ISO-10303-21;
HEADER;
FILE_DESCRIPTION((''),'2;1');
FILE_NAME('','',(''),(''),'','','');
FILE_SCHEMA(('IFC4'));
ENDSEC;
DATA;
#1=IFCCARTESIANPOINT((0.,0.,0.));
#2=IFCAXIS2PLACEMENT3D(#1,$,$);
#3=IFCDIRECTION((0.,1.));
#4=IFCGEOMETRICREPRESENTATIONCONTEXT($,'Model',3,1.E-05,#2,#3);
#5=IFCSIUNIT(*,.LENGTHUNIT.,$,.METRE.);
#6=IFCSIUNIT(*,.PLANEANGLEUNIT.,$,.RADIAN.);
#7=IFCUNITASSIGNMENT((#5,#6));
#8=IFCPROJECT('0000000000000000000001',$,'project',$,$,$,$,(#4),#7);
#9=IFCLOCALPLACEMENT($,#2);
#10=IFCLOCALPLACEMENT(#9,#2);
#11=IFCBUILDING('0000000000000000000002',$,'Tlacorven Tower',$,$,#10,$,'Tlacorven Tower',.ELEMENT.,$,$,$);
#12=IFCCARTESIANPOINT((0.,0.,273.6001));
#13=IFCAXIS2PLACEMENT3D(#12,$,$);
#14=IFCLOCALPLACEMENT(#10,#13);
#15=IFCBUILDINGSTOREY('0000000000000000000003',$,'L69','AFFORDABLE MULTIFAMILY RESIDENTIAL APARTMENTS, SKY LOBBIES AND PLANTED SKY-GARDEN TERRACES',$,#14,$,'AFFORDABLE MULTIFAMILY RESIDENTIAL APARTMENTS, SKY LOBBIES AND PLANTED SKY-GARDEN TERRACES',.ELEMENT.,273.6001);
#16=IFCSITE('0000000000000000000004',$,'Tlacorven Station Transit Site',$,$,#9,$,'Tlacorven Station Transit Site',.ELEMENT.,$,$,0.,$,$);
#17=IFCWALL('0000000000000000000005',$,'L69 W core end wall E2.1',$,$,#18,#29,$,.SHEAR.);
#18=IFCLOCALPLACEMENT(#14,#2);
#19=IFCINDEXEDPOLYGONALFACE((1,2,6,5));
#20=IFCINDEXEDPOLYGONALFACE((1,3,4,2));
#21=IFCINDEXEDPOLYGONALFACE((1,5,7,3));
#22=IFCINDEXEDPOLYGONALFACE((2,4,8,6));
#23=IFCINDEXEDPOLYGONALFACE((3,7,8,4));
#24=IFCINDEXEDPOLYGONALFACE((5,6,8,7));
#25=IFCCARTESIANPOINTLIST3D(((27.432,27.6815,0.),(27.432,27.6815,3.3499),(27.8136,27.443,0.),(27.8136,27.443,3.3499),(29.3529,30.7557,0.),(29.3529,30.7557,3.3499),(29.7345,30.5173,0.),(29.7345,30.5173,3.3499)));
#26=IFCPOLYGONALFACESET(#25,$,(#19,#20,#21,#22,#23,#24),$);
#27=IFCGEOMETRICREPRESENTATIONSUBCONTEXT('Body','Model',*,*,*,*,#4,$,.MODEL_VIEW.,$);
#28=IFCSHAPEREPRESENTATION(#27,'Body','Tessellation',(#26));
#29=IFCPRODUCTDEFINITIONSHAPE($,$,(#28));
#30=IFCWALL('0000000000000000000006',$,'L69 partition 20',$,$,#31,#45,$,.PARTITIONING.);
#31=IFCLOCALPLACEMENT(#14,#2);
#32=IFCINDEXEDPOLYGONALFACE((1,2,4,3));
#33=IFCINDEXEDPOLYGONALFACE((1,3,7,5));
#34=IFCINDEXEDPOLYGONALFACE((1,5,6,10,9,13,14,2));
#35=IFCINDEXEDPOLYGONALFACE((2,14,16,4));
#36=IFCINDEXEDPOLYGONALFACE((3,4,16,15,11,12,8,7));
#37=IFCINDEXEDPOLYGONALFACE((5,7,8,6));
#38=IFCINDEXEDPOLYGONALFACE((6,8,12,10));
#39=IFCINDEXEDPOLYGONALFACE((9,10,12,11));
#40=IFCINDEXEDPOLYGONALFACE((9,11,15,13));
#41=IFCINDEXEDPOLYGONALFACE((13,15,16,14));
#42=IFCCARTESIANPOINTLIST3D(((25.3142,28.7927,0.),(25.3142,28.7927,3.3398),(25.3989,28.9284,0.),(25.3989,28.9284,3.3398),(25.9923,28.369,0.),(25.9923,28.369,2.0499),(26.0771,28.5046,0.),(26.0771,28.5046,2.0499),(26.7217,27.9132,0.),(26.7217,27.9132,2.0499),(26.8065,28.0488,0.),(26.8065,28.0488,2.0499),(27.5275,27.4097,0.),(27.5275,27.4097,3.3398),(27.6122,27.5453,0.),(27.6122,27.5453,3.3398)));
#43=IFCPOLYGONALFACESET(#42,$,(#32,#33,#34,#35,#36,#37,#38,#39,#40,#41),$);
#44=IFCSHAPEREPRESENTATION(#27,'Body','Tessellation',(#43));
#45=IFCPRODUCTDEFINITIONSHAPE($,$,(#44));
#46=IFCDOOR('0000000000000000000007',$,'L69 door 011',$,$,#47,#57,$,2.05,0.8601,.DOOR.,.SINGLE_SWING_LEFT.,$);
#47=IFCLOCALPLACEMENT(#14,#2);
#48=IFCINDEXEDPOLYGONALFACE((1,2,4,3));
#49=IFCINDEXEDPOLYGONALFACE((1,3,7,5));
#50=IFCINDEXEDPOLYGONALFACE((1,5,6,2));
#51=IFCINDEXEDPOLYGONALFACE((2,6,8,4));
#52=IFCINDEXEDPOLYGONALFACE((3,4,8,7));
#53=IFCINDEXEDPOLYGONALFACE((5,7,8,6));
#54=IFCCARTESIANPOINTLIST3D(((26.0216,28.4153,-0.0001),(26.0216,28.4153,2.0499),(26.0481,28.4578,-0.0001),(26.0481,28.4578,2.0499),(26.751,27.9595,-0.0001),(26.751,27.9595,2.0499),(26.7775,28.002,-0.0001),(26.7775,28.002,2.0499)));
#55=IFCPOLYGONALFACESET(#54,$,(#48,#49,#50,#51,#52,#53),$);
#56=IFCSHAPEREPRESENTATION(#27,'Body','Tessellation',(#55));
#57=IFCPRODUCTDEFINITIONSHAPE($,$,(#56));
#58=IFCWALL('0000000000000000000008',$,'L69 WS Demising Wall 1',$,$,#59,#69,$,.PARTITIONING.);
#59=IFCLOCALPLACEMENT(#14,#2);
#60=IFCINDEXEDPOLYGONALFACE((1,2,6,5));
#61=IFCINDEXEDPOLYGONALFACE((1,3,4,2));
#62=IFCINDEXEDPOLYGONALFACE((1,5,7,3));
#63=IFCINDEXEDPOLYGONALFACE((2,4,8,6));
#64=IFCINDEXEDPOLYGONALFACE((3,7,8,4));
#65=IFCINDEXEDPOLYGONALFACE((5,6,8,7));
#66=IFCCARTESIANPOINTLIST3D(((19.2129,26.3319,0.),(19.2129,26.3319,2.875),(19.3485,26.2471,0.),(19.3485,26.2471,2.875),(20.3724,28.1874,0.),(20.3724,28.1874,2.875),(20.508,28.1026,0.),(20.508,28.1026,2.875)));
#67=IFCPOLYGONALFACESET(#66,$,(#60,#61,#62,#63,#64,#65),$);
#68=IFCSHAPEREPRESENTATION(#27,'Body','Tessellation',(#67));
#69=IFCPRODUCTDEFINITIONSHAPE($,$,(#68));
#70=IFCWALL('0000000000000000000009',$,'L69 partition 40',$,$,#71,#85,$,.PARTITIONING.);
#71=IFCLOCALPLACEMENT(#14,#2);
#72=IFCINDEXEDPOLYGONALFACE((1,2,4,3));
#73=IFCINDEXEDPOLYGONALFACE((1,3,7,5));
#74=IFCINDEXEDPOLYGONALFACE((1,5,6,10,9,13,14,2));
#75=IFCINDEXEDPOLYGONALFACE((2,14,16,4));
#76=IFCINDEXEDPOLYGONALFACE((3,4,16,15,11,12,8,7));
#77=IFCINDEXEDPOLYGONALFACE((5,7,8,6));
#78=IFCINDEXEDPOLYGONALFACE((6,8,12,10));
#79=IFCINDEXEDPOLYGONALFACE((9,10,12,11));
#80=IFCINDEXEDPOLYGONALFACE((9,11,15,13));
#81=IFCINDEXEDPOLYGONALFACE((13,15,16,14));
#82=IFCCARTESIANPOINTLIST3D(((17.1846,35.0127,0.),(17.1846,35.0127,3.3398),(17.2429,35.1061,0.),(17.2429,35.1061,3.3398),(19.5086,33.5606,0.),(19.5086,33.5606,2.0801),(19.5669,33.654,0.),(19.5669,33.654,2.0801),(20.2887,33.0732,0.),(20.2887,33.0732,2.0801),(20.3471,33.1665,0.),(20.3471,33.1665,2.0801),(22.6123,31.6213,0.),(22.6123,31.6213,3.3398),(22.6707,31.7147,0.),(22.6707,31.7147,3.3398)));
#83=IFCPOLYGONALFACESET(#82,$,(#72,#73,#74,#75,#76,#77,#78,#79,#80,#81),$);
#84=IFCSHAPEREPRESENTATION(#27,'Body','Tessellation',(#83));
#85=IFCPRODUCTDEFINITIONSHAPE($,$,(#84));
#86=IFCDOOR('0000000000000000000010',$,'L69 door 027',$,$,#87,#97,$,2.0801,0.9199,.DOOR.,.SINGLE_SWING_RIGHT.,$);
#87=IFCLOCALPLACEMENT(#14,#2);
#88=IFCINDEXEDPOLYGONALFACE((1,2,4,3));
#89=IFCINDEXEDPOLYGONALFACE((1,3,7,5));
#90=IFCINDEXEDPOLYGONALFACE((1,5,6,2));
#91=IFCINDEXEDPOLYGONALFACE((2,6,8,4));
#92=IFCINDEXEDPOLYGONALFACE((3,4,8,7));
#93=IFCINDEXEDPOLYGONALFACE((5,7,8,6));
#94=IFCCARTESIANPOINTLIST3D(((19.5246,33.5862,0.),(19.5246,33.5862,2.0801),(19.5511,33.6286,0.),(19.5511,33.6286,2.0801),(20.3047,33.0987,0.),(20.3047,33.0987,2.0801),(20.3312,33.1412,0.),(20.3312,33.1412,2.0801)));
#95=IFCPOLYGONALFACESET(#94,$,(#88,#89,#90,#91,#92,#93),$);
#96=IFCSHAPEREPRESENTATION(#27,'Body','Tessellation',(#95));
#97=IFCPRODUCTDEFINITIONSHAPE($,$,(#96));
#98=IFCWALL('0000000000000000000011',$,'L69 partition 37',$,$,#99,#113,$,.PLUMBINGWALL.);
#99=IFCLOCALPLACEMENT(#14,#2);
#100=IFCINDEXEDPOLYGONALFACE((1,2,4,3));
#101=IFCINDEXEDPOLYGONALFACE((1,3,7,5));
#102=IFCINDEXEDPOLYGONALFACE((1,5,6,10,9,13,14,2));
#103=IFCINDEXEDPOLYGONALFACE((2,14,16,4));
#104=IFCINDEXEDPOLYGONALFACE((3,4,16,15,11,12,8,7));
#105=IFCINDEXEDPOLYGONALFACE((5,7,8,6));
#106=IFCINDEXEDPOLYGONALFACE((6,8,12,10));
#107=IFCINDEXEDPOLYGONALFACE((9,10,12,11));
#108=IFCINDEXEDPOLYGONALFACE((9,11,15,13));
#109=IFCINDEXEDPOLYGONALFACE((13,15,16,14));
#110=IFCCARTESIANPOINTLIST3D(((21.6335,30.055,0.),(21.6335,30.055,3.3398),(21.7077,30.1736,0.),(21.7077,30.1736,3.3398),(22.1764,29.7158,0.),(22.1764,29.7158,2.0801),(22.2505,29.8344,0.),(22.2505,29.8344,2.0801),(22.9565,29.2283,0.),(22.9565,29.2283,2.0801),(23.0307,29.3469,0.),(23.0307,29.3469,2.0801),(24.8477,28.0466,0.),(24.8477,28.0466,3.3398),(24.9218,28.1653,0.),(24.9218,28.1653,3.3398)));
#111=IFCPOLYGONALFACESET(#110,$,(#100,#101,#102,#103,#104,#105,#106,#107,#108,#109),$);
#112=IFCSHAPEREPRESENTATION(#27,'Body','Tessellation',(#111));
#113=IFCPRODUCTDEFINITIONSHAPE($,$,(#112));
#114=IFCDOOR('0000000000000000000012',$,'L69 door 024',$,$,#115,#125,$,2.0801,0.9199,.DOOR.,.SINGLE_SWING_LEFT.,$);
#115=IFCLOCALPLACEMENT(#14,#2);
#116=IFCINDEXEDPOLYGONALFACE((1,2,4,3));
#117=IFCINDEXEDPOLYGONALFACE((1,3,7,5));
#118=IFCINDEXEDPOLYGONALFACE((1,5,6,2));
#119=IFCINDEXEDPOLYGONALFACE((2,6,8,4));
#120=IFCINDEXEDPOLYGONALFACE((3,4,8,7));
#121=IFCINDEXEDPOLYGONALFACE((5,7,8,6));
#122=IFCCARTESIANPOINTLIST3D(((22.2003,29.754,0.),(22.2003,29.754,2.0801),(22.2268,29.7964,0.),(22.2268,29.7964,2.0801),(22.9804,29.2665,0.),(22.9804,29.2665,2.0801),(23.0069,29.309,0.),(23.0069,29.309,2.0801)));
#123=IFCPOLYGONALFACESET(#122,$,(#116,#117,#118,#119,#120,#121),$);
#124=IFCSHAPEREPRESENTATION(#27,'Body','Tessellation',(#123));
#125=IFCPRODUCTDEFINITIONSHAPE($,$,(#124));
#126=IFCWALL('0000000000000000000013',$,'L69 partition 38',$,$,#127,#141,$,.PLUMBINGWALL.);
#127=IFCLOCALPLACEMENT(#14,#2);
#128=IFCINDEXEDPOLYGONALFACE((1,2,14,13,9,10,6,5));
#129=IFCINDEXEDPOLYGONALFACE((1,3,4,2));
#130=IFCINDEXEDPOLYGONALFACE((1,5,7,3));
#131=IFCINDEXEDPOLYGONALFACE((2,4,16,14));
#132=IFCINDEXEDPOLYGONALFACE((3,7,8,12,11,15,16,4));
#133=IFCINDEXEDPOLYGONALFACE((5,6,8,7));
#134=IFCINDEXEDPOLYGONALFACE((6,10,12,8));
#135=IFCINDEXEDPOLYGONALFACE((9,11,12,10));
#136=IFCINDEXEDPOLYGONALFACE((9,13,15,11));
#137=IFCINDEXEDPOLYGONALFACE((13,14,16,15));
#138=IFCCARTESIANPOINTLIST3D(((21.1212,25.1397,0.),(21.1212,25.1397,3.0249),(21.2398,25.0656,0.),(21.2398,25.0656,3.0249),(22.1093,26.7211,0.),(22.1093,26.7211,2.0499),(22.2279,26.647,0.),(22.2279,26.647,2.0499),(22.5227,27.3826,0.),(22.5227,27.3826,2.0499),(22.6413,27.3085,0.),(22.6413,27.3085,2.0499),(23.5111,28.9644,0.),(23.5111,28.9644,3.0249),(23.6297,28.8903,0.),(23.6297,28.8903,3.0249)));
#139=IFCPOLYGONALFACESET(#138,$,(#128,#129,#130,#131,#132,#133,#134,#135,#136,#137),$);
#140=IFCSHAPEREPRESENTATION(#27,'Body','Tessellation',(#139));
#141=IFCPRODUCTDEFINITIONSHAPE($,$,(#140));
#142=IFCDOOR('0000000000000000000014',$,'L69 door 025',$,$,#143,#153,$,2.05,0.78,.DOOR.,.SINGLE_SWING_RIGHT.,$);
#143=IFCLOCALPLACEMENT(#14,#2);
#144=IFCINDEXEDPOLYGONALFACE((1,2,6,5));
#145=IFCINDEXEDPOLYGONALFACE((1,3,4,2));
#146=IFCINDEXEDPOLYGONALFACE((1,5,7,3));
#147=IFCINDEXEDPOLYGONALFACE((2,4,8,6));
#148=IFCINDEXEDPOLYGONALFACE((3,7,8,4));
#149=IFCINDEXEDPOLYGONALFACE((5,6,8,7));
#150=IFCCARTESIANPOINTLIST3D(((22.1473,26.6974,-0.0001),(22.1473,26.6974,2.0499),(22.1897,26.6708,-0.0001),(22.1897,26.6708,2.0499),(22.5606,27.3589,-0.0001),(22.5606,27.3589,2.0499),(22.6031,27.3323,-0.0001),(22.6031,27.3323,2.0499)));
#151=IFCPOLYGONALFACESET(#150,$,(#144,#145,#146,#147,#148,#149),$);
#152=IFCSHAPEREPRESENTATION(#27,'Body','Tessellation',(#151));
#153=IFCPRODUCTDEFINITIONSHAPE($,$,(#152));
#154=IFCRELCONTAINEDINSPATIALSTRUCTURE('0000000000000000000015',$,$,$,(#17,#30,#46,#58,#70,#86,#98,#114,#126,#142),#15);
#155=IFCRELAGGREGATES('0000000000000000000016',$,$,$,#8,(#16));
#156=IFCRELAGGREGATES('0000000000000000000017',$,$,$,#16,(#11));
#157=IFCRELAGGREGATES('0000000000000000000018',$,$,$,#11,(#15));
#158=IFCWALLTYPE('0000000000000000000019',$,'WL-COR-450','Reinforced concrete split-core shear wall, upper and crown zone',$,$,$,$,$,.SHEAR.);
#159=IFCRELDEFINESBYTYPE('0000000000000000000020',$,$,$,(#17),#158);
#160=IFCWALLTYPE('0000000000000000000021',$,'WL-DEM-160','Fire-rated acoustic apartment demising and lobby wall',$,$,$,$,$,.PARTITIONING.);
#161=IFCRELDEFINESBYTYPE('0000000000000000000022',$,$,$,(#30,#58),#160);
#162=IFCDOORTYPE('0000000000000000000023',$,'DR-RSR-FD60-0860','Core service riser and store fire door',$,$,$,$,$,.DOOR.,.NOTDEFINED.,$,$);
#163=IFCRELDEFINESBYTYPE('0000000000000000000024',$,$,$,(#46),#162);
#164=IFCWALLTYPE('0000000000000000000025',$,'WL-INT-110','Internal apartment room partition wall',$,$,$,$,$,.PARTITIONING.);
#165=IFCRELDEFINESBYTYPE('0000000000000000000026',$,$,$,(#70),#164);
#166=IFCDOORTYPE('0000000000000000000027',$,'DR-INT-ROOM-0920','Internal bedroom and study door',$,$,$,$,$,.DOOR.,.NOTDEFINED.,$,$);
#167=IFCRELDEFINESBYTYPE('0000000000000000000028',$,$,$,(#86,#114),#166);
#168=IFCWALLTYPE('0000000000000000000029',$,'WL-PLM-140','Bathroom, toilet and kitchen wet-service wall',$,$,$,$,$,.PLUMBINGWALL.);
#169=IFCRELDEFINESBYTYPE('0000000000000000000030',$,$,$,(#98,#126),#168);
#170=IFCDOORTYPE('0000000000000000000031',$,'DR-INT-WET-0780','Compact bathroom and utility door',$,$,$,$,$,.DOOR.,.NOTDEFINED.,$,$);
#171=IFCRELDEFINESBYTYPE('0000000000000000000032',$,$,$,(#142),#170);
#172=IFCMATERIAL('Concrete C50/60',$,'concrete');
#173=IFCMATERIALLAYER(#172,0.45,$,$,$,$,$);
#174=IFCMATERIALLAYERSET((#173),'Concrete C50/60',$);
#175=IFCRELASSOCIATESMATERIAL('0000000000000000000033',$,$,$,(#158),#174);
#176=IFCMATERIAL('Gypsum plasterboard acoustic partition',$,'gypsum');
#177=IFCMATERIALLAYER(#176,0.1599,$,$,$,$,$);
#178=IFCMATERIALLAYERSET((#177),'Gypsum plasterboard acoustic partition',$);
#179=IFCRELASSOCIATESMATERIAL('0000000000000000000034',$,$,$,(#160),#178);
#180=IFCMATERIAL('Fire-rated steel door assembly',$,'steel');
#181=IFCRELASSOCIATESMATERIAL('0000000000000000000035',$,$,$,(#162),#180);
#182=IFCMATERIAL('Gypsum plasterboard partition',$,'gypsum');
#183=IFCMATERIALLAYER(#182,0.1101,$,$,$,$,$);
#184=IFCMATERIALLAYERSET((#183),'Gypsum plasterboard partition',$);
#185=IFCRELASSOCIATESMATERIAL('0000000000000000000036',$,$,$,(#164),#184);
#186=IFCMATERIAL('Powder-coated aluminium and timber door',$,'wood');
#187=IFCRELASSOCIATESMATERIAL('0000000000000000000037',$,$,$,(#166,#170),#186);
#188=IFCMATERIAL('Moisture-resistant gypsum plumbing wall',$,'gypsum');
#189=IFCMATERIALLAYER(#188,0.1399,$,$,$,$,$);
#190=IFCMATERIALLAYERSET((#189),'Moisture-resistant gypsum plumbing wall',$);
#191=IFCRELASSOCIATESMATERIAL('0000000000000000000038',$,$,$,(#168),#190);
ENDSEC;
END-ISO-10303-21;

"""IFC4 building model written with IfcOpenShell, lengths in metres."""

from ifc_helpers import new_model, si_unit, direction, frame, frame_2d, origin, place, context, subcontext, project, spatial, rectangle, extrude, source, transform, mapped, material, layer, layer_set, type_object, element, fill, save


model = new_model("IFC4")

# Units and contexts
model_context = context("Model", 3, precision=1e-05, world=origin(), true_north=direction((0.0, 1.0)))
body_context = subcontext(model_context, "Body", "Model", "MODEL_VIEW")
ifc_project = project(units=[si_unit("LENGTHUNIT", "METRE"), si_unit("PLANEANGLEUNIT", "RADIAN")], contexts=[model_context])

# Site, building, storey
site_placement = place(None, origin())
site = spatial("IfcSite", under=ifc_project, at=site_placement, Name="Tlacorven Station Transit Site", LongName="Tlacorven Station Transit Site", CompositionType="ELEMENT", RefElevation=0.0)
building_placement = place(site_placement, origin())
building = spatial("IfcBuilding", under=site, at=building_placement, Name="Tlacorven Tower", LongName="Tlacorven Tower", CompositionType="ELEMENT")
storey_placement = place(building_placement, frame((0.0, 0.0, 273.6001)))
storey = spatial("IfcBuildingStorey", under=building, at=storey_placement, Name="L69", Description="AFFORDABLE MULTIFAMILY RESIDENTIAL APARTMENTS, SKY LOBBIES AND PLANTED SKY-GARDEN TERRACES", LongName="AFFORDABLE MULTIFAMILY RESIDENTIAL APARTMENTS, SKY LOBBIES AND PLANTED SKY-GARDEN TERRACES", CompositionType="ELEMENT", Elevation=273.6001)

# Wall
ifc_material_1 = material(Name="Concrete C50/60", Category="concrete")
ifc_layer_1 = layer(ifc_material_1, 0.45)
ifc_layer_set_1 = layer_set([ifc_layer_1], Name="Concrete C50/60")
wall_type_1 = type_object("IfcWallType", Name="WL-COR-450", Description="Reinforced concrete split-core shear wall, upper and crown zone", PredefinedType="SHEAR", material=ifc_layer_set_1)
wall_1_placement = place(storey_placement, frame((29.5437, 30.6365, 0.0), z_axis=(0.0, 0.0, 1.0), x_axis=(-0.529902, -0.848059, 0.0)))
element("IfcWall", 1, at=wall_1_placement, inside=storey, type_object=wall_type_1, Name="L69 W core end wall E2.1", PredefinedType="SHEAR", context=body_context, shape_type="SweptSolid", body=[
    extrude(rectangle(XDim=3.625, YDim=0.45, at=frame_2d((1.8125, 0.0))), origin(), (0.0, 0.0, 1.0), 3.3499),
])

# Wall, opening, door
ifc_material_2 = material(Name="Gypsum plasterboard acoustic partition", Category="gypsum")
ifc_layer_2 = layer(ifc_material_2, 0.1599)
ifc_layer_set_2 = layer_set([ifc_layer_2], Name="Gypsum plasterboard acoustic partition")
wall_type_2 = type_object("IfcWallType", Name="WL-DEM-160", Description="Fire-rated acoustic apartment demising and lobby wall", PredefinedType="PARTITIONING", material=ifc_layer_set_2)
wall_2_placement = place(storey_placement, frame((27.5698, 27.4775, 0.0), z_axis=(0.0, 0.0, 1.0), x_axis=(-0.848051, 0.529915, 0.0)))
wall_2 = element("IfcWall", 2, at=wall_2_placement, inside=storey, type_object=wall_type_2, Name="L69 partition 20", PredefinedType="PARTITIONING", context=body_context, shape_type="SweptSolid", body=[
    extrude(rectangle(XDim=2.6099, YDim=0.1599, at=frame_2d((1.3049, 0.0))), origin(), (0.0, 0.0, 1.0), 3.3398),
])
opening_1_placement = place(wall_2_placement, frame((0.95, 0.0, 0.0)))
opening_1 = element("IfcOpeningElement", 3, at=opening_1_placement, cuts=wall_2, PredefinedType="OPENING", context=body_context, shape_type="SweptSolid", body=[
    extrude(rectangle(XDim=0.8601, YDim=2.05, at=frame_2d((0.4302, 1.0249))), frame((0.0, 0.0898, 0.0), z_axis=(0.0, -1.0, 0.0), x_axis=(1.0, 0.0, 0.0)), (0.0, 0.0, 1.0), 0.1799),
])
ifc_material_3 = material(Name="Fire-rated steel door assembly", Category="steel")
door_type_1 = type_object("IfcDoorType", Name="DR-RSR-FD60-0860", Description="Core service riser and store fire door", OperationType="NOTDEFINED", PredefinedType="DOOR", material=ifc_material_3)
shared_shape_1 = source(origin(), body_context, "Body", "SweptSolid", [
    extrude(rectangle(XDim=0.8601, YDim=2.05, at=frame_2d((0.4302, 1.0249))), frame((0.0, 0.0249, 0.0), z_axis=(0.0, -1.0, 0.0), x_axis=(1.0, 0.0, 0.0)), (0.0, 0.0, 1.0), 0.05),
])
door_1_placement = place(opening_1_placement, frame((0.8601, 0.0, 0.0), z_axis=(0.0, 0.0, 1.0), x_axis=(-1.0, 0.0, 0.0)))
door_1 = element("IfcDoor", 4, at=door_1_placement, inside=storey, type_object=door_type_1, Name="L69 door 011", OperationType="SINGLE_SWING_LEFT", OverallHeight=2.05, OverallWidth=0.8601, PredefinedType="DOOR", context=body_context, shape_type="MappedRepresentation", body=[
    mapped(shared_shape_1, transform((0.0, 0.0, 0.0), scale=1.0)),
])
fill(opening_1, door_1)

# Wall
wall_3_placement = place(storey_placement, frame((20.4402, 28.145, 0.0), z_axis=(0.0, 0.0, 1.0), x_axis=(-0.529919, -0.848048, 0.0)))
element("IfcWall", 5, at=wall_3_placement, inside=storey, type_object=wall_type_2, Name="L69 WS Demising Wall 1", PredefinedType="PARTITIONING", context=body_context, shape_type="SweptSolid", body=[
    extrude(rectangle(XDim=2.188, YDim=0.1599, at=frame_2d((1.094, 0.0))), origin(), (0.0, 0.0, 1.0), 2.875),
])

# Walls, openings, doors
ifc_material_4 = material(Name="Gypsum plasterboard partition", Category="gypsum")
ifc_layer_3 = layer(ifc_material_4, 0.1101)
ifc_layer_set_3 = layer_set([ifc_layer_3], Name="Gypsum plasterboard partition")
wall_type_3 = type_object("IfcWallType", Name="WL-INT-110", Description="Internal apartment room partition wall", PredefinedType="PARTITIONING", material=ifc_layer_set_3)
wall_4_placement = place(storey_placement, frame((22.6416, 31.668, 0.0), z_axis=(0.0, 0.0, 1.0), x_axis=(-0.848067, 0.529889, 0.0)))
wall_4 = element("IfcWall", 6, at=wall_4_placement, inside=storey, type_object=wall_type_3, Name="L69 partition 40", PredefinedType="PARTITIONING", context=body_context, shape_type="SweptSolid", body=[
    extrude(rectangle(XDim=6.4001, YDim=0.1101, at=frame_2d((3.2002, 0.0))), origin(), (0.0, 0.0, 1.0), 3.3398),
])
opening_2_placement = place(wall_4_placement, frame((2.74, 0.0, 0.0)))
opening_2 = element("IfcOpeningElement", 7, at=opening_2_placement, cuts=wall_4, PredefinedType="OPENING", context=body_context, shape_type="SweptSolid", body=[
    extrude(rectangle(XDim=0.9199, YDim=2.0801, at=frame_2d((0.46, 1.04))), frame((0.0, 0.0649, 0.0), z_axis=(0.0, -1.0, 0.0), x_axis=(1.0, 0.0, 0.0)), (0.0, 0.0, 1.0), 0.1301),
])
ifc_material_5 = material(Name="Powder-coated aluminium and timber door", Category="wood")
door_type_2 = type_object("IfcDoorType", Name="DR-INT-ROOM-0920", Description="Internal bedroom and study door", OperationType="NOTDEFINED", PredefinedType="DOOR", material=ifc_material_5)
shared_shape_2 = source(origin(), body_context, "Body", "SweptSolid", [
    extrude(rectangle(XDim=0.9199, YDim=2.0801, at=frame_2d((0.46, 1.04))), frame((0.0, 0.0249, 0.0), z_axis=(0.0, -1.0, 0.0), x_axis=(1.0, 0.0, 0.0)), (0.0, 0.0, 1.0), 0.05),
])
door_2_placement = place(opening_2_placement, origin())
door_2 = element("IfcDoor", 8, at=door_2_placement, inside=storey, type_object=door_type_2, Name="L69 door 027", OperationType="SINGLE_SWING_RIGHT", OverallHeight=2.0801, OverallWidth=0.9199, PredefinedType="DOOR", context=body_context, shape_type="MappedRepresentation", body=[
    mapped(shared_shape_2, transform((0.0, 0.0, 0.0), scale=1.0)),
])
fill(opening_2, door_2)
ifc_material_6 = material(Name="Moisture-resistant gypsum plumbing wall", Category="gypsum")
ifc_layer_4 = layer(ifc_material_6, 0.1399)
ifc_layer_set_4 = layer_set([ifc_layer_4], Name="Moisture-resistant gypsum plumbing wall")
wall_type_4 = type_object("IfcWallType", Name="WL-PLM-140", Description="Bathroom, toilet and kitchen wet-service wall", PredefinedType="PLUMBINGWALL", material=ifc_layer_set_4)
wall_5_placement = place(storey_placement, frame((24.8848, 28.106, 0.0), z_axis=(0.0, 0.0, 1.0), x_axis=(-0.84806, 0.529901, 0.0)))
wall_5 = element("IfcWall", 9, at=wall_5_placement, inside=storey, type_object=wall_type_4, Name="L69 partition 37", PredefinedType="PLUMBINGWALL", context=body_context, shape_type="SweptSolid", body=[
    extrude(rectangle(XDim=3.79, YDim=0.1399, at=frame_2d((1.895, 0.0))), origin(), (0.0, 0.0, 1.0), 3.3398),
])
opening_3_placement = place(wall_5_placement, frame((2.23, 0.0, 0.0)))
opening_3 = element("IfcOpeningElement", 10, at=opening_3_placement, cuts=wall_5, PredefinedType="OPENING", context=body_context, shape_type="SweptSolid", body=[
    extrude(rectangle(XDim=0.9199, YDim=2.0801, at=frame_2d((0.46, 1.04))), frame((0.0, 0.0801, 0.0), z_axis=(0.0, -1.0, 0.0), x_axis=(1.0, 0.0, 0.0)), (0.0, 0.0, 1.0), 0.1599),
])
door_3_placement = place(opening_3_placement, origin())
door_3 = element("IfcDoor", 11, at=door_3_placement, inside=storey, type_object=door_type_2, Name="L69 door 024", OperationType="SINGLE_SWING_LEFT", OverallHeight=2.0801, OverallWidth=0.9199, PredefinedType="DOOR", context=body_context, shape_type="MappedRepresentation", body=[
    mapped(shared_shape_2, transform((0.0, 0.0, 0.0), scale=1.0)),
])
fill(opening_3, door_3)
wall_6_placement = place(storey_placement, frame((23.5703, 28.9272, 0.0), z_axis=(0.0, 0.0, 1.0), x_axis=(-0.529911, -0.848053, 0.0)))
wall_6 = element("IfcWall", 12, at=wall_6_placement, inside=storey, type_object=wall_type_4, Name="L69 partition 38", PredefinedType="PLUMBINGWALL", context=body_context, shape_type="SweptSolid", body=[
    extrude(rectangle(XDim=4.51, YDim=0.1399, at=frame_2d((2.2549, 0.0))), origin(), (0.0, 0.0, 1.0), 3.0249),
])
opening_4_placement = place(wall_6_placement, frame((1.865, 0.0, 0.0)))
opening_4 = element("IfcOpeningElement", 13, at=opening_4_placement, cuts=wall_6, PredefinedType="OPENING", context=body_context, shape_type="SweptSolid", body=[
    extrude(rectangle(XDim=0.78, YDim=2.05, at=frame_2d((0.3901, 1.0249))), frame((0.0, 0.0801, 0.0), z_axis=(0.0, -1.0, 0.0), x_axis=(1.0, 0.0, 0.0)), (0.0, 0.0, 1.0), 0.1599),
])
door_type_3 = type_object("IfcDoorType", Name="DR-INT-WET-0780", Description="Compact bathroom and utility door", OperationType="NOTDEFINED", PredefinedType="DOOR", material=ifc_material_5)
shared_shape_3 = source(origin(), body_context, "Body", "SweptSolid", [
    extrude(rectangle(XDim=0.78, YDim=2.05, at=frame_2d((0.3901, 1.0249))), frame((0.0, 0.0249, 0.0), z_axis=(0.0, -1.0, 0.0), x_axis=(1.0, 0.0, 0.0)), (0.0, 0.0, 1.0), 0.05),
])
door_4_placement = place(opening_4_placement, origin())
door_4 = element("IfcDoor", 14, at=door_4_placement, inside=storey, type_object=door_type_3, Name="L69 door 025", OperationType="SINGLE_SWING_RIGHT", OverallHeight=2.05, OverallWidth=0.78, PredefinedType="DOOR", context=body_context, shape_type="MappedRepresentation", body=[
    mapped(shared_shape_3, transform((0.0, 0.0, 0.0), scale=1.0)),
])
fill(opening_4, door_4)

save(model, "model.ifc")
